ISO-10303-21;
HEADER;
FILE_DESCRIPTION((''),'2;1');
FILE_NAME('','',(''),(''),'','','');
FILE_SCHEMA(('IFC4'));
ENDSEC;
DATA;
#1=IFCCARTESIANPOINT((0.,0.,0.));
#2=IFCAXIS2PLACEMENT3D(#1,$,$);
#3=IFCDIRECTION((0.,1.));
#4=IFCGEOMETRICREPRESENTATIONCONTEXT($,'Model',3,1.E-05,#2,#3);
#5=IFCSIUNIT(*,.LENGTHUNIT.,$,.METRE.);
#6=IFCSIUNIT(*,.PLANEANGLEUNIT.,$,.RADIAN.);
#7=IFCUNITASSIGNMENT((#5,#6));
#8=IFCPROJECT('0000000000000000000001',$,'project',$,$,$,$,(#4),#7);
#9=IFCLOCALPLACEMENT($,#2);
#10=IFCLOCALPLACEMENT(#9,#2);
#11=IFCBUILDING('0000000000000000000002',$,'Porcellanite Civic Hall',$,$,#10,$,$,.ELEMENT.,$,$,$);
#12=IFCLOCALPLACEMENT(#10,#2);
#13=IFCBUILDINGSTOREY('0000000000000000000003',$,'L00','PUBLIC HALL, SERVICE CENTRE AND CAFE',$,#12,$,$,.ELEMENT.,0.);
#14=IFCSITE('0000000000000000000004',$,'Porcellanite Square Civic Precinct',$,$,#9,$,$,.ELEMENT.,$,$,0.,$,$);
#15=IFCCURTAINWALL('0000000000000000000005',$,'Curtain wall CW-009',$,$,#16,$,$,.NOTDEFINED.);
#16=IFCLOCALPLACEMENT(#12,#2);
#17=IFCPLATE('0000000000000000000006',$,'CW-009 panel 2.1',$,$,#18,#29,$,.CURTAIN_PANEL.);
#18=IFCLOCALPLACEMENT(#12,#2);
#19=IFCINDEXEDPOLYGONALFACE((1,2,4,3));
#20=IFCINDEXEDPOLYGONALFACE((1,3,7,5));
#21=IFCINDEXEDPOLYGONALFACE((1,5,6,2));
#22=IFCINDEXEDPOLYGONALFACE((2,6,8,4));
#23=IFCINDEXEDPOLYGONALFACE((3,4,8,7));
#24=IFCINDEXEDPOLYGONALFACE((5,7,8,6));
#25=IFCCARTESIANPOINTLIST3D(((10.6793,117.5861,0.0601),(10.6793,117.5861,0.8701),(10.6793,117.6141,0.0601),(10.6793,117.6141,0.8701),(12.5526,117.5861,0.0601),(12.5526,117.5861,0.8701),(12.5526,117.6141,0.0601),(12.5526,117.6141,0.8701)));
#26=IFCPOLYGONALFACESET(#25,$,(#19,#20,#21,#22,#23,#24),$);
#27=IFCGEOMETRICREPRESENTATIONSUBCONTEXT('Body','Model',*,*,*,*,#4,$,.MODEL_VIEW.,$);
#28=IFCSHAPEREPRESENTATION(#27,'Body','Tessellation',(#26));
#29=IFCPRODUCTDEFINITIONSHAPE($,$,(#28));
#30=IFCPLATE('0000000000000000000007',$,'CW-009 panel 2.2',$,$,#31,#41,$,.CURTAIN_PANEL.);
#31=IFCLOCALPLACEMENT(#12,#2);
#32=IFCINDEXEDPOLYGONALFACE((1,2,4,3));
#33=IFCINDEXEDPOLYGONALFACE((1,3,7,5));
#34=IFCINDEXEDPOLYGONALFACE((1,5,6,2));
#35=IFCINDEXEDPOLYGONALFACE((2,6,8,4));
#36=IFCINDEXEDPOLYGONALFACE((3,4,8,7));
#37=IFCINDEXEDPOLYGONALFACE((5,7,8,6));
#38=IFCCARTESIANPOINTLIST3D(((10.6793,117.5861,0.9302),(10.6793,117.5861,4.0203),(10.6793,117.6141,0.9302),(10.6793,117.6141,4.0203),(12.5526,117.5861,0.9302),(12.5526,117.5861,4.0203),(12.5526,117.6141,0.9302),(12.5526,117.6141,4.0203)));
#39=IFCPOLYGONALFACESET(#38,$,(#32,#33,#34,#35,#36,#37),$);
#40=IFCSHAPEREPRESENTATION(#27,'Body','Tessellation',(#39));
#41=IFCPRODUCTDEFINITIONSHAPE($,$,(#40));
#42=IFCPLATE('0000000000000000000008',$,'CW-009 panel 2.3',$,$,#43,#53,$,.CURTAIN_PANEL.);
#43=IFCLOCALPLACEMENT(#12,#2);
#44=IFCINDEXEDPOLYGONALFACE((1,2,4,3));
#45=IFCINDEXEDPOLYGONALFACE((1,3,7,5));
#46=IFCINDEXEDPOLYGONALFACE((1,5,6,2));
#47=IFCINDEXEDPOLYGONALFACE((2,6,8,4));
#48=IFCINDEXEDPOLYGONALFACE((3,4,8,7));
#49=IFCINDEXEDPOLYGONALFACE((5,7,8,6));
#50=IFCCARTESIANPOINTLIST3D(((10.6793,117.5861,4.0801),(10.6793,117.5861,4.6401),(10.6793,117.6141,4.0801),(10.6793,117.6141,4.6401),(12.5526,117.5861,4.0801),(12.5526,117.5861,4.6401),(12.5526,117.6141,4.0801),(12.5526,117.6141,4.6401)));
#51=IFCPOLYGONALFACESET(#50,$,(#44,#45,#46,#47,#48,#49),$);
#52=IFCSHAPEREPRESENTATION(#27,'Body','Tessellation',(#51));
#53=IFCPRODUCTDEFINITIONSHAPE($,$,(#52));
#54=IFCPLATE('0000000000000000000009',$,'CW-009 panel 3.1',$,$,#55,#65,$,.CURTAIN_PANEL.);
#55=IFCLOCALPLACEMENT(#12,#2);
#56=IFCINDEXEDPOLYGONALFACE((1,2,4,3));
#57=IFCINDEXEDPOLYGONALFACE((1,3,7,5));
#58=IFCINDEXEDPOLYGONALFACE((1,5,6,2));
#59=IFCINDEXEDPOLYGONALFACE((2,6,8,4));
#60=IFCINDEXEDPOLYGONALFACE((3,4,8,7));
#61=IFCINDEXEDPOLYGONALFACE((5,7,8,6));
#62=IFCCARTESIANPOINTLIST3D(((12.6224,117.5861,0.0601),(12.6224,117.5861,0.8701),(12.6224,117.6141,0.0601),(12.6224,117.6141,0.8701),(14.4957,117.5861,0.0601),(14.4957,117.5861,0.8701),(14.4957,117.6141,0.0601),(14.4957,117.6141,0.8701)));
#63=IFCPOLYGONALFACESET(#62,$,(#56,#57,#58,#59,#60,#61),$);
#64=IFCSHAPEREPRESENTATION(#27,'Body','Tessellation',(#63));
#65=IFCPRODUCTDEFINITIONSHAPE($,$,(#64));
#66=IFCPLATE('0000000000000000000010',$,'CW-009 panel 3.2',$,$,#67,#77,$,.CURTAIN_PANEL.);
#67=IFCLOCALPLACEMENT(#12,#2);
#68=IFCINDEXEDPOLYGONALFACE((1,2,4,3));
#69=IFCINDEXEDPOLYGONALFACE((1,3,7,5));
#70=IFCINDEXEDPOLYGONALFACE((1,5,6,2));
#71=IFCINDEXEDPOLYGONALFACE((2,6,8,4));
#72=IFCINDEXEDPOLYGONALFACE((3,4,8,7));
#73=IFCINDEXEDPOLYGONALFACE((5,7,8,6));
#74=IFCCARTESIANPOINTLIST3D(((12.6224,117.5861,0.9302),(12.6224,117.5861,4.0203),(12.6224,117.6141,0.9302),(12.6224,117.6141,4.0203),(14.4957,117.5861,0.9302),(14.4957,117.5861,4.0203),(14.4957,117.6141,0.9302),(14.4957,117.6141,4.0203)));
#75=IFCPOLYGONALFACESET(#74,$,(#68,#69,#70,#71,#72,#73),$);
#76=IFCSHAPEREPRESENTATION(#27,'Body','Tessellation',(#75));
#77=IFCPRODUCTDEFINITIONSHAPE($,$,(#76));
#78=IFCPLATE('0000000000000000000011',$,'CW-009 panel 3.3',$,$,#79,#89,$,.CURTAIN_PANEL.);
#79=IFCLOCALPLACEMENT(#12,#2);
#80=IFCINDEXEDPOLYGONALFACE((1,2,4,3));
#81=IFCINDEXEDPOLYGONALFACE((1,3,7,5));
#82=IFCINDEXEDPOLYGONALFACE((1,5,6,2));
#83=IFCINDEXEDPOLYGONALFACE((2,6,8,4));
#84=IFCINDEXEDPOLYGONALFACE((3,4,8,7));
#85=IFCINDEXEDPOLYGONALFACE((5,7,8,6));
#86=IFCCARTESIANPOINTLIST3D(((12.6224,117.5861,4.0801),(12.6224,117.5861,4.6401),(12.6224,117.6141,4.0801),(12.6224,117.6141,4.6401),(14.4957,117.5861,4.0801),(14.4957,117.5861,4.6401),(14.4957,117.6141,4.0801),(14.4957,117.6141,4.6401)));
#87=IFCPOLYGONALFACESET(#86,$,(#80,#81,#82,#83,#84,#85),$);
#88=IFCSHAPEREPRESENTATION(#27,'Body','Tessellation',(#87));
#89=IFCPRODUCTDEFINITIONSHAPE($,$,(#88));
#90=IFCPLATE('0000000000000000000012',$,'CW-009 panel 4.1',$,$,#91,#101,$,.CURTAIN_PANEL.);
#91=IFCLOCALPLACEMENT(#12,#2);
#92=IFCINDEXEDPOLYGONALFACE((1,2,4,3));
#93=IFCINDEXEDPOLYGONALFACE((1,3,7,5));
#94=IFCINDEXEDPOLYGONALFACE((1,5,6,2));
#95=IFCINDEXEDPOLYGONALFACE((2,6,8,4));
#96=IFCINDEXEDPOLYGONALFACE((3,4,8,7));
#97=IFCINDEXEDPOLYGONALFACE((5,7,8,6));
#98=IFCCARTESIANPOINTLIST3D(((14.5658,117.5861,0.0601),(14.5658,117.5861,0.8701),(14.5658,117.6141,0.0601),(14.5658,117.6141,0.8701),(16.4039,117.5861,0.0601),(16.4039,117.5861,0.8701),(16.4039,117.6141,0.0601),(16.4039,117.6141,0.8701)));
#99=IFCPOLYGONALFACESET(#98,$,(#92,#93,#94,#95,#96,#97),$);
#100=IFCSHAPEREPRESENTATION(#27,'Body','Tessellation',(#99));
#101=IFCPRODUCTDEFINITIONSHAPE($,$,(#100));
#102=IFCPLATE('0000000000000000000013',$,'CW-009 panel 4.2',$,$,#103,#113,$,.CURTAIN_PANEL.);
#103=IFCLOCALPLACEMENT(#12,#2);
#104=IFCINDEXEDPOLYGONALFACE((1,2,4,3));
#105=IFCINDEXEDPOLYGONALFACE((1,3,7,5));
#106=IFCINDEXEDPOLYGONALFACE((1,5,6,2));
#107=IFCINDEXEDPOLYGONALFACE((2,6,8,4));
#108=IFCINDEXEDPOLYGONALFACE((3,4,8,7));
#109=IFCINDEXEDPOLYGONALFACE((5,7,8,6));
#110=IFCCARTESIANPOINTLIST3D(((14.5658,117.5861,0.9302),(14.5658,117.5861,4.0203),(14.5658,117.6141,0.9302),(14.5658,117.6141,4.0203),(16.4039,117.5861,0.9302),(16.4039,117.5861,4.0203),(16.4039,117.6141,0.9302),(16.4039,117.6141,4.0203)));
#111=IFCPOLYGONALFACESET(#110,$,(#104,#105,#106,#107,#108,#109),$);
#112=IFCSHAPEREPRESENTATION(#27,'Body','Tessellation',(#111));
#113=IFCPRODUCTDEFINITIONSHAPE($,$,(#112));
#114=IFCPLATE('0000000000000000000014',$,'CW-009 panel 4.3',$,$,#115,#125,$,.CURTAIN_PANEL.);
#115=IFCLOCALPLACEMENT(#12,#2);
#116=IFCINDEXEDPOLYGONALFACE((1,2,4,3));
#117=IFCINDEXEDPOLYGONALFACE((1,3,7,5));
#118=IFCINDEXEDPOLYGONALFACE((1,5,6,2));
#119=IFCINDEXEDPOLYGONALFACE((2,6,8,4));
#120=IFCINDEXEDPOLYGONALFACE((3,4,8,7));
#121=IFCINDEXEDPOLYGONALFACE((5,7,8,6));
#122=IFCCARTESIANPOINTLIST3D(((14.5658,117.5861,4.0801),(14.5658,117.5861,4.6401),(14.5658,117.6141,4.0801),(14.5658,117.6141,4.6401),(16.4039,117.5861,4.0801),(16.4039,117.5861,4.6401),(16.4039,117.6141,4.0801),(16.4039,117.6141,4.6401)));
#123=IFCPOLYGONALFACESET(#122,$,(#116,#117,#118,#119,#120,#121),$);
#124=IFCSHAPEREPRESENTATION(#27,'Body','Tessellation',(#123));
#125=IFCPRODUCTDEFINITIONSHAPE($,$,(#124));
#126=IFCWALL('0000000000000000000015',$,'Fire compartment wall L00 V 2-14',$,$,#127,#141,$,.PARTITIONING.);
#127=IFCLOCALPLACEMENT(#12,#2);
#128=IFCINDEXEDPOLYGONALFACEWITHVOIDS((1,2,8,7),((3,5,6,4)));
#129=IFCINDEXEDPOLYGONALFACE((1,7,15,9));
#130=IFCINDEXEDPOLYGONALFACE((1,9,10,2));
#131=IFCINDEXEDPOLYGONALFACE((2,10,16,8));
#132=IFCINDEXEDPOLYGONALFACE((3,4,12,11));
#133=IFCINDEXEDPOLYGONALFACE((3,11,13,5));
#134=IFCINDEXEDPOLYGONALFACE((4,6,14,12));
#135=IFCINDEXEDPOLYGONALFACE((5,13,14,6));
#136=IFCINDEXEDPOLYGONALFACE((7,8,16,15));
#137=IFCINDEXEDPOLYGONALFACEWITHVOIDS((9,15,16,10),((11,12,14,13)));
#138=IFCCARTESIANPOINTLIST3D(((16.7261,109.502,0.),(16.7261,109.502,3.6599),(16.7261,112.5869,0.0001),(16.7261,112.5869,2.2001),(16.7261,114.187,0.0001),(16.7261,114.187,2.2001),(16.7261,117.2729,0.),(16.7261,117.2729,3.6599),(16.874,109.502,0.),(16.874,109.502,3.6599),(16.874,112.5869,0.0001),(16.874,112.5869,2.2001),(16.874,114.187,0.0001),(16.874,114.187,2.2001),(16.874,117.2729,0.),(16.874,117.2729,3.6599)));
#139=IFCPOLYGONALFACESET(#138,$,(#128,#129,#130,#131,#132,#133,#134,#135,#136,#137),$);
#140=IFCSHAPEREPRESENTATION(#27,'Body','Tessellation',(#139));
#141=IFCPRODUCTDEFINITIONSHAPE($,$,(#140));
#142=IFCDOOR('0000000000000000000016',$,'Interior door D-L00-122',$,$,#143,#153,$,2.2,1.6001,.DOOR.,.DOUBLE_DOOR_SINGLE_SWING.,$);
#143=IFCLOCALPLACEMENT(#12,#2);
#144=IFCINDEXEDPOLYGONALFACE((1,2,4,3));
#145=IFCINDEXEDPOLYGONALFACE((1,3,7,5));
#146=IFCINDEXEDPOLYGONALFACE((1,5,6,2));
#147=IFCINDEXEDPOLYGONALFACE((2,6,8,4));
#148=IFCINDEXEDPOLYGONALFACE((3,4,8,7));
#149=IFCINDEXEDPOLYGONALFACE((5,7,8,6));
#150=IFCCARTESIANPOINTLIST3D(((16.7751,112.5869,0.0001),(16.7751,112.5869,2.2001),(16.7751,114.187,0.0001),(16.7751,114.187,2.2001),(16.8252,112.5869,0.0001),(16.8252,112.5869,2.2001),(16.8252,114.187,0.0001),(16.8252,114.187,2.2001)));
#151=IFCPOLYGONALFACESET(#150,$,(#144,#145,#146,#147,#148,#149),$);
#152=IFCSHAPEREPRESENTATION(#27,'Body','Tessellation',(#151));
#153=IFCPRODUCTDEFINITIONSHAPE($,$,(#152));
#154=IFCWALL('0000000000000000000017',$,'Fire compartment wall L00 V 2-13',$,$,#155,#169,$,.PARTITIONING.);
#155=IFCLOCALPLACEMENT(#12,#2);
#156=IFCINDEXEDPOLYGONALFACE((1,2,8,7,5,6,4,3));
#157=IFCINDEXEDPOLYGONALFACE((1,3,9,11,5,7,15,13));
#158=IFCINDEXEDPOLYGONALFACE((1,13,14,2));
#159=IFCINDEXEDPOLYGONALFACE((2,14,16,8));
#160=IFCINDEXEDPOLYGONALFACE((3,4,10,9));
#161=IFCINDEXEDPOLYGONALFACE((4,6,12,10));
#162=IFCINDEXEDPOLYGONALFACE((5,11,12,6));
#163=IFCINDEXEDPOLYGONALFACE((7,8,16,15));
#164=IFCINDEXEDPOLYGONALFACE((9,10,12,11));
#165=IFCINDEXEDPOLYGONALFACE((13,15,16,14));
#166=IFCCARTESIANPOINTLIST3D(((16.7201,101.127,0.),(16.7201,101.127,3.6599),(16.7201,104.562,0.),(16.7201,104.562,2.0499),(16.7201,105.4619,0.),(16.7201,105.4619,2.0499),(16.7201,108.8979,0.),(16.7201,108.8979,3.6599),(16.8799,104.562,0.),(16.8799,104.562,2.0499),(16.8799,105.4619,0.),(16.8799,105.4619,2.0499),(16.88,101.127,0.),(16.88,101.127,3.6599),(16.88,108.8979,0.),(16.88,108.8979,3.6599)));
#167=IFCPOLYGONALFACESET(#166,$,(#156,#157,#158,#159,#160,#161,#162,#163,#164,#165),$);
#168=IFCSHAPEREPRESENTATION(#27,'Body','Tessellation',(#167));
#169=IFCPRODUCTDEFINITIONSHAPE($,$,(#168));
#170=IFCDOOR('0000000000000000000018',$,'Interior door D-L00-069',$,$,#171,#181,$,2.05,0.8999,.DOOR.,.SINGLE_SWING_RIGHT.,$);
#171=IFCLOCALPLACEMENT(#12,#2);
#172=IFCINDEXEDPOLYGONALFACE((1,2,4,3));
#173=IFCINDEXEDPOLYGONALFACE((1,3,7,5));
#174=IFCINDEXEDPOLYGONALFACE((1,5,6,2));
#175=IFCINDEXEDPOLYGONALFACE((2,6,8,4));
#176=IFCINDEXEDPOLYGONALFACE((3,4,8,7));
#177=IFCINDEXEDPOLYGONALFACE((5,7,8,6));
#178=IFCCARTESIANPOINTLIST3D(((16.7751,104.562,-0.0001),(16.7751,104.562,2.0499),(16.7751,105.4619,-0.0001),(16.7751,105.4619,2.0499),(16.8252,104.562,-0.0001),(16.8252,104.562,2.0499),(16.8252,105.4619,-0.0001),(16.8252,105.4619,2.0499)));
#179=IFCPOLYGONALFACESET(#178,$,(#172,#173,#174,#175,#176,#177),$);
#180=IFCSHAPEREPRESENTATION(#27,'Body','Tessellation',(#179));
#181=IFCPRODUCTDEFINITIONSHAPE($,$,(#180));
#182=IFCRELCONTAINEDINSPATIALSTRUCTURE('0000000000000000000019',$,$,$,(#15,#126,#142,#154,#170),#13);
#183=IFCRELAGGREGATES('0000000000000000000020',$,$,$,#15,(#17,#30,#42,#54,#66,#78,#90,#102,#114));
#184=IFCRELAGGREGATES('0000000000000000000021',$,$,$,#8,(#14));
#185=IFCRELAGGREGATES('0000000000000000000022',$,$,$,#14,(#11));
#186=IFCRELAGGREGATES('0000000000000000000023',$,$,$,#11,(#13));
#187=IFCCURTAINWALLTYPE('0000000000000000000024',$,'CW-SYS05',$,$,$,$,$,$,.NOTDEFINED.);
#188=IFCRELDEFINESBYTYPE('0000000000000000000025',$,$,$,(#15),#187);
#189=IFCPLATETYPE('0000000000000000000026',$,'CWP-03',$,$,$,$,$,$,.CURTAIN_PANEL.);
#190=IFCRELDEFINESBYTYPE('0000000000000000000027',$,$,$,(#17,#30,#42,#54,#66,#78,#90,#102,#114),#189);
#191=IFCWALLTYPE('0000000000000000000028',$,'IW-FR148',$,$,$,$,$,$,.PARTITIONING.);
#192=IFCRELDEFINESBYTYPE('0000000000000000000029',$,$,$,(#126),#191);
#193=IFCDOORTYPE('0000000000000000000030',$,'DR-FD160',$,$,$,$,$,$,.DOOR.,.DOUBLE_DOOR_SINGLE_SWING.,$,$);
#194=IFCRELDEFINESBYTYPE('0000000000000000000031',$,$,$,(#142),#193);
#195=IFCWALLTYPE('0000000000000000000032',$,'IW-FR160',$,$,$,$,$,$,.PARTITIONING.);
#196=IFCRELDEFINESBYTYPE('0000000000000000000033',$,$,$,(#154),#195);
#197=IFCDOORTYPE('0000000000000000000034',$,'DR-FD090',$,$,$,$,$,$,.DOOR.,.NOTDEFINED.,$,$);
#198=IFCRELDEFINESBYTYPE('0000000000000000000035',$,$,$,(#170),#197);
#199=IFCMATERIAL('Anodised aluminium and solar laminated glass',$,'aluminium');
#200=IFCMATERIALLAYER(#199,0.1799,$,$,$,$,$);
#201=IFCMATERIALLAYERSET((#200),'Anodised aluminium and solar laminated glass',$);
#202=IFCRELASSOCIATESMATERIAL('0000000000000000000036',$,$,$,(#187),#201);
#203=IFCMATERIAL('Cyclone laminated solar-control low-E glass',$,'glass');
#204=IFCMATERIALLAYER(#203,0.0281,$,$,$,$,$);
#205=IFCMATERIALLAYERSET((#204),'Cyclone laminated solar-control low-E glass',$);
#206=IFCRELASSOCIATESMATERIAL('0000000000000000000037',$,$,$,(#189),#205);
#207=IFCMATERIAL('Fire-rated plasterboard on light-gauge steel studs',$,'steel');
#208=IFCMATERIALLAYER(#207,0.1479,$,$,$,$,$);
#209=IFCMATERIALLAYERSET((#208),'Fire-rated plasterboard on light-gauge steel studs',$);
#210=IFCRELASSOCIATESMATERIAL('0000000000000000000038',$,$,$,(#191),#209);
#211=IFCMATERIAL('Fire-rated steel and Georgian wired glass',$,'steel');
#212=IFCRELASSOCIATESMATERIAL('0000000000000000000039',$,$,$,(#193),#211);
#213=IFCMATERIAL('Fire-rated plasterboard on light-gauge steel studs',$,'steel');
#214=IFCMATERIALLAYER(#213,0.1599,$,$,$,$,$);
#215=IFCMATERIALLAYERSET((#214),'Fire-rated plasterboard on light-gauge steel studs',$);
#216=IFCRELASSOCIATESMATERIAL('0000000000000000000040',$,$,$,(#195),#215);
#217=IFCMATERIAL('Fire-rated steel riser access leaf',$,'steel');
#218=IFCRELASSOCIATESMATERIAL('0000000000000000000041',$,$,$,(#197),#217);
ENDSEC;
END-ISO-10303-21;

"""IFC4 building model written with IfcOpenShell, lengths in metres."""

from ifc_helpers import new_model, si_unit, direction, frame, frame_2d, origin, origin_2d, place, context, subcontext, project, spatial, rectangle, extrude, material, layer, layer_set, type_object, element, fill, aggregate, save


model = new_model("IFC4")

# Units and contexts
model_context = context("Model", 3, precision=1e-05, world=origin(), true_north=direction((0.0, 1.0)))
body_context = subcontext(model_context, "Body", "Model", "MODEL_VIEW")
ifc_project = project(units=[si_unit("LENGTHUNIT", "METRE"), si_unit("PLANEANGLEUNIT", "RADIAN")], contexts=[model_context])

# Site, building, storey
site_placement = place(None, origin())
site = spatial("IfcSite", under=ifc_project, at=site_placement, Name="Porcellanite Square Civic Precinct", CompositionType="ELEMENT", RefElevation=0.0)
building_placement = place(site_placement, origin())
building = spatial("IfcBuilding", under=site, at=building_placement, Name="Porcellanite Civic Hall", CompositionType="ELEMENT")
storey_placement = place(building_placement, origin())
storey = spatial("IfcBuildingStorey", under=building, at=storey_placement, Name="L00", Description="PUBLIC HALL, SERVICE CENTRE AND CAFE", CompositionType="ELEMENT", Elevation=0.0)

# Curtain wall
ifc_material_1 = material(Name="Anodised aluminium and solar laminated glass", Category="aluminium")
ifc_layer_1 = layer(ifc_material_1, 0.1799)
ifc_layer_set_1 = layer_set([ifc_layer_1], Name="Anodised aluminium and solar laminated glass")
curtain_wall_type = type_object("IfcCurtainWallType", Name="CW-SYS05", PredefinedType="NOTDEFINED", material=ifc_layer_set_1)
curtain_wall_placement = place(storey_placement, origin())
curtain_wall = element("IfcCurtainWall", 1, at=curtain_wall_placement, inside=storey, type_object=curtain_wall_type, Name="Curtain wall CW-009", PredefinedType="NOTDEFINED")

# Plates
ifc_material_2 = material(Name="Cyclone laminated solar-control low-E glass", Category="glass")
ifc_layer_2 = layer(ifc_material_2, 0.0281)
ifc_layer_set_2 = layer_set([ifc_layer_2], Name="Cyclone laminated solar-control low-E glass")
plate_type = type_object("IfcPlateType", Name="CWP-03", PredefinedType="CURTAIN_PANEL", material=ifc_layer_set_2)
plate_1_placement = place(storey_placement, frame((11.616, 117.6001, 0.0601), z_axis=(0.0, 0.0, 1.0), x_axis=(1.0, 0.0, 0.0)))
plate_1 = element("IfcPlate", 2, at=plate_1_placement, type_object=plate_type, Name="CW-009 panel 2.1", PredefinedType="CURTAIN_PANEL", context=body_context, shape_type="SweptSolid", body=[
    extrude(rectangle(XDim=1.8733, YDim=0.0281, at=origin_2d()), origin(), (0.0, 0.0, 1.0), 0.8101),
])
plate_2_placement = place(storey_placement, frame((11.616, 117.6001, 0.9302), z_axis=(0.0, 0.0, 1.0), x_axis=(1.0, 0.0, 0.0)))
plate_2 = element("IfcPlate", 3, at=plate_2_placement, type_object=plate_type, Name="CW-009 panel 2.2", PredefinedType="CURTAIN_PANEL", context=body_context, shape_type="SweptSolid", body=[
    extrude(rectangle(XDim=1.8733, YDim=0.0281, at=origin_2d()), origin(), (0.0, 0.0, 1.0), 3.0901),
])
plate_3_placement = place(storey_placement, frame((11.616, 117.6001, 4.0801), z_axis=(0.0, 0.0, 1.0), x_axis=(1.0, 0.0, 0.0)))
plate_3 = element("IfcPlate", 4, at=plate_3_placement, type_object=plate_type, Name="CW-009 panel 2.3", PredefinedType="CURTAIN_PANEL", context=body_context, shape_type="SweptSolid", body=[
    extrude(rectangle(XDim=1.8733, YDim=0.0281, at=origin_2d()), origin(), (0.0, 0.0, 1.0), 0.5601),
])
plate_4_placement = place(storey_placement, frame((13.5591, 117.6001, 0.0601), z_axis=(0.0, 0.0, 1.0), x_axis=(1.0, 0.0, 0.0)))
plate_4 = element("IfcPlate", 5, at=plate_4_placement, type_object=plate_type, Name="CW-009 panel 3.1", PredefinedType="CURTAIN_PANEL", context=body_context, shape_type="SweptSolid", body=[
    extrude(rectangle(XDim=1.8733, YDim=0.0281, at=origin_2d()), origin(), (0.0, 0.0, 1.0), 0.8101),
])
plate_5_placement = place(storey_placement, frame((13.5591, 117.6001, 0.9302), z_axis=(0.0, 0.0, 1.0), x_axis=(1.0, 0.0, 0.0)))
plate_5 = element("IfcPlate", 6, at=plate_5_placement, type_object=plate_type, Name="CW-009 panel 3.2", PredefinedType="CURTAIN_PANEL", context=body_context, shape_type="SweptSolid", body=[
    extrude(rectangle(XDim=1.8733, YDim=0.0281, at=origin_2d()), origin(), (0.0, 0.0, 1.0), 3.0901),
])
plate_6_placement = place(storey_placement, frame((13.5591, 117.6001, 4.0801), z_axis=(0.0, 0.0, 1.0), x_axis=(1.0, 0.0, 0.0)))
plate_6 = element("IfcPlate", 7, at=plate_6_placement, type_object=plate_type, Name="CW-009 panel 3.3", PredefinedType="CURTAIN_PANEL", context=body_context, shape_type="SweptSolid", body=[
    extrude(rectangle(XDim=1.8733, YDim=0.0281, at=origin_2d()), origin(), (0.0, 0.0, 1.0), 0.5601),
])
plate_7_placement = place(storey_placement, frame((15.4849, 117.6001, 0.0601), z_axis=(0.0, 0.0, 1.0), x_axis=(1.0, 0.0, 0.0)))
plate_7 = element("IfcPlate", 8, at=plate_7_placement, type_object=plate_type, Name="CW-009 panel 4.1", PredefinedType="CURTAIN_PANEL", context=body_context, shape_type="SweptSolid", body=[
    extrude(rectangle(XDim=1.8381, YDim=0.0281, at=origin_2d()), origin(), (0.0, 0.0, 1.0), 0.8101),
])
plate_8_placement = place(storey_placement, frame((15.4849, 117.6001, 0.9302), z_axis=(0.0, 0.0, 1.0), x_axis=(1.0, 0.0, 0.0)))
plate_8 = element("IfcPlate", 9, at=plate_8_placement, type_object=plate_type, Name="CW-009 panel 4.2", PredefinedType="CURTAIN_PANEL", context=body_context, shape_type="SweptSolid", body=[
    extrude(rectangle(XDim=1.8381, YDim=0.0281, at=origin_2d()), origin(), (0.0, 0.0, 1.0), 3.0901),
])
plate_9_placement = place(storey_placement, frame((15.4849, 117.6001, 4.0801), z_axis=(0.0, 0.0, 1.0), x_axis=(1.0, 0.0, 0.0)))
plate_9 = element("IfcPlate", 10, at=plate_9_placement, type_object=plate_type, Name="CW-009 panel 4.3", PredefinedType="CURTAIN_PANEL", context=body_context, shape_type="SweptSolid", body=[
    extrude(rectangle(XDim=1.8381, YDim=0.0281, at=origin_2d()), origin(), (0.0, 0.0, 1.0), 0.5601),
])
aggregate(curtain_wall, [plate_1, plate_2, plate_3, plate_4, plate_5, plate_6, plate_7, plate_8, plate_9])

# Walls, openings, doors
ifc_material_3 = material(Name="Fire-rated plasterboard on light-gauge steel studs", Category="steel")
ifc_layer_3 = layer(ifc_material_3, 0.1479)
ifc_layer_set_3 = layer_set([ifc_layer_3], Name="Fire-rated plasterboard on light-gauge steel studs")
wall_type_1 = type_object("IfcWallType", Name="IW-FR148", PredefinedType="PARTITIONING", material=ifc_layer_set_3)
wall_1_placement = place(storey_placement, frame((16.8, 109.502, 0.0), z_axis=(0.0, 0.0, 1.0), x_axis=(0.0, 1.0, 0.0)))
wall_1 = element("IfcWall", 11, at=wall_1_placement, inside=storey, type_object=wall_type_1, Name="Fire compartment wall L00 V 2-14", PredefinedType="PARTITIONING", context=body_context, shape_type="SweptSolid", body=[
    extrude(rectangle(XDim=7.771, YDim=0.1479, at=frame_2d((3.8855, 0.0))), origin(), (0.0, 0.0, 1.0), 3.6599),
])
opening_1_placement = place(wall_1_placement, frame((3.085, 0.0, 0.0)))
opening_1 = element("IfcOpeningElement", 12, at=opening_1_placement, cuts=wall_1, PredefinedType="OPENING", context=body_context, shape_type="SweptSolid", body=[
    extrude(rectangle(XDim=1.6001, YDim=2.2, at=frame_2d((0.8, 1.1001))), frame((0.0, 0.074, 0.0), z_axis=(0.0, -1.0, 0.0), x_axis=(1.0, 0.0, 0.0)), (0.0, 0.0, 1.0), 0.1479),
])
ifc_material_4 = material(Name="Fire-rated steel and Georgian wired glass", Category="steel")
door_type_1 = type_object("IfcDoorType", Name="DR-FD160", OperationType="DOUBLE_DOOR_SINGLE_SWING", PredefinedType="DOOR", material=ifc_material_4)
door_1_placement = place(opening_1_placement, origin())
door_1 = element("IfcDoor", 13, at=door_1_placement, inside=storey, type_object=door_type_1, Name="Interior door D-L00-122", OperationType="DOUBLE_DOOR_SINGLE_SWING", OverallHeight=2.2, OverallWidth=1.6001, PredefinedType="DOOR", context=body_context, shape_type="SweptSolid", body=[
    extrude(rectangle(XDim=1.6001, YDim=2.2, at=frame_2d((0.8, 1.1001))), frame((0.0, 0.0249, 0.0), z_axis=(0.0, -1.0, 0.0), x_axis=(1.0, 0.0, 0.0)), (0.0, 0.0, 1.0), 0.05),
])
fill(opening_1, door_1)
ifc_material_5 = material(Name="Fire-rated plasterboard on light-gauge steel studs", Category="steel")
ifc_layer_4 = layer(ifc_material_5, 0.1599)
ifc_layer_set_4 = layer_set([ifc_layer_4], Name="Fire-rated plasterboard on light-gauge steel studs")
wall_type_2 = type_object("IfcWallType", Name="IW-FR160", PredefinedType="PARTITIONING", material=ifc_layer_set_4)
wall_2_placement = place(storey_placement, frame((16.8, 101.127, 0.0), z_axis=(0.0, 0.0, 1.0), x_axis=(0.0, 1.0, 0.0)))
wall_2 = element("IfcWall", 14, at=wall_2_placement, inside=storey, type_object=wall_type_2, Name="Fire compartment wall L00 V 2-13", PredefinedType="PARTITIONING", context=body_context, shape_type="SweptSolid", body=[
    extrude(rectangle(XDim=7.771, YDim=0.1599, at=frame_2d((3.8855, 0.0))), origin(), (0.0, 0.0, 1.0), 3.6599),
])
opening_2_placement = place(wall_2_placement, frame((3.4351, 0.0, 0.0)))
opening_2 = element("IfcOpeningElement", 15, at=opening_2_placement, cuts=wall_2, PredefinedType="OPENING", context=body_context, shape_type="SweptSolid", body=[
    extrude(rectangle(XDim=0.8999, YDim=2.05, at=frame_2d((0.45, 1.0249))), frame((0.0, 0.0801, 0.0), z_axis=(0.0, -1.0, 0.0), x_axis=(1.0, 0.0, 0.0)), (0.0, 0.0, 1.0), 0.1599),
])
ifc_material_6 = material(Name="Fire-rated steel riser access leaf", Category="steel")
door_type_2 = type_object("IfcDoorType", Name="DR-FD090", OperationType="NOTDEFINED", PredefinedType="DOOR", material=ifc_material_6)
door_2_placement = place(opening_2_placement, origin())
door_2 = element("IfcDoor", 16, at=door_2_placement, inside=storey, type_object=door_type_2, Name="Interior door D-L00-069", OperationType="SINGLE_SWING_RIGHT", OverallHeight=2.05, OverallWidth=0.8999, PredefinedType="DOOR", context=body_context, shape_type="SweptSolid", body=[
    extrude(rectangle(XDim=0.8999, YDim=2.05, at=frame_2d((0.45, 1.0249))), frame((0.0, 0.0249, 0.0), z_axis=(0.0, -1.0, 0.0), x_axis=(1.0, 0.0, 0.0)), (0.0, 0.0, 1.0), 0.05),
])
fill(opening_2, door_2)

save(model, "model.ifc")
